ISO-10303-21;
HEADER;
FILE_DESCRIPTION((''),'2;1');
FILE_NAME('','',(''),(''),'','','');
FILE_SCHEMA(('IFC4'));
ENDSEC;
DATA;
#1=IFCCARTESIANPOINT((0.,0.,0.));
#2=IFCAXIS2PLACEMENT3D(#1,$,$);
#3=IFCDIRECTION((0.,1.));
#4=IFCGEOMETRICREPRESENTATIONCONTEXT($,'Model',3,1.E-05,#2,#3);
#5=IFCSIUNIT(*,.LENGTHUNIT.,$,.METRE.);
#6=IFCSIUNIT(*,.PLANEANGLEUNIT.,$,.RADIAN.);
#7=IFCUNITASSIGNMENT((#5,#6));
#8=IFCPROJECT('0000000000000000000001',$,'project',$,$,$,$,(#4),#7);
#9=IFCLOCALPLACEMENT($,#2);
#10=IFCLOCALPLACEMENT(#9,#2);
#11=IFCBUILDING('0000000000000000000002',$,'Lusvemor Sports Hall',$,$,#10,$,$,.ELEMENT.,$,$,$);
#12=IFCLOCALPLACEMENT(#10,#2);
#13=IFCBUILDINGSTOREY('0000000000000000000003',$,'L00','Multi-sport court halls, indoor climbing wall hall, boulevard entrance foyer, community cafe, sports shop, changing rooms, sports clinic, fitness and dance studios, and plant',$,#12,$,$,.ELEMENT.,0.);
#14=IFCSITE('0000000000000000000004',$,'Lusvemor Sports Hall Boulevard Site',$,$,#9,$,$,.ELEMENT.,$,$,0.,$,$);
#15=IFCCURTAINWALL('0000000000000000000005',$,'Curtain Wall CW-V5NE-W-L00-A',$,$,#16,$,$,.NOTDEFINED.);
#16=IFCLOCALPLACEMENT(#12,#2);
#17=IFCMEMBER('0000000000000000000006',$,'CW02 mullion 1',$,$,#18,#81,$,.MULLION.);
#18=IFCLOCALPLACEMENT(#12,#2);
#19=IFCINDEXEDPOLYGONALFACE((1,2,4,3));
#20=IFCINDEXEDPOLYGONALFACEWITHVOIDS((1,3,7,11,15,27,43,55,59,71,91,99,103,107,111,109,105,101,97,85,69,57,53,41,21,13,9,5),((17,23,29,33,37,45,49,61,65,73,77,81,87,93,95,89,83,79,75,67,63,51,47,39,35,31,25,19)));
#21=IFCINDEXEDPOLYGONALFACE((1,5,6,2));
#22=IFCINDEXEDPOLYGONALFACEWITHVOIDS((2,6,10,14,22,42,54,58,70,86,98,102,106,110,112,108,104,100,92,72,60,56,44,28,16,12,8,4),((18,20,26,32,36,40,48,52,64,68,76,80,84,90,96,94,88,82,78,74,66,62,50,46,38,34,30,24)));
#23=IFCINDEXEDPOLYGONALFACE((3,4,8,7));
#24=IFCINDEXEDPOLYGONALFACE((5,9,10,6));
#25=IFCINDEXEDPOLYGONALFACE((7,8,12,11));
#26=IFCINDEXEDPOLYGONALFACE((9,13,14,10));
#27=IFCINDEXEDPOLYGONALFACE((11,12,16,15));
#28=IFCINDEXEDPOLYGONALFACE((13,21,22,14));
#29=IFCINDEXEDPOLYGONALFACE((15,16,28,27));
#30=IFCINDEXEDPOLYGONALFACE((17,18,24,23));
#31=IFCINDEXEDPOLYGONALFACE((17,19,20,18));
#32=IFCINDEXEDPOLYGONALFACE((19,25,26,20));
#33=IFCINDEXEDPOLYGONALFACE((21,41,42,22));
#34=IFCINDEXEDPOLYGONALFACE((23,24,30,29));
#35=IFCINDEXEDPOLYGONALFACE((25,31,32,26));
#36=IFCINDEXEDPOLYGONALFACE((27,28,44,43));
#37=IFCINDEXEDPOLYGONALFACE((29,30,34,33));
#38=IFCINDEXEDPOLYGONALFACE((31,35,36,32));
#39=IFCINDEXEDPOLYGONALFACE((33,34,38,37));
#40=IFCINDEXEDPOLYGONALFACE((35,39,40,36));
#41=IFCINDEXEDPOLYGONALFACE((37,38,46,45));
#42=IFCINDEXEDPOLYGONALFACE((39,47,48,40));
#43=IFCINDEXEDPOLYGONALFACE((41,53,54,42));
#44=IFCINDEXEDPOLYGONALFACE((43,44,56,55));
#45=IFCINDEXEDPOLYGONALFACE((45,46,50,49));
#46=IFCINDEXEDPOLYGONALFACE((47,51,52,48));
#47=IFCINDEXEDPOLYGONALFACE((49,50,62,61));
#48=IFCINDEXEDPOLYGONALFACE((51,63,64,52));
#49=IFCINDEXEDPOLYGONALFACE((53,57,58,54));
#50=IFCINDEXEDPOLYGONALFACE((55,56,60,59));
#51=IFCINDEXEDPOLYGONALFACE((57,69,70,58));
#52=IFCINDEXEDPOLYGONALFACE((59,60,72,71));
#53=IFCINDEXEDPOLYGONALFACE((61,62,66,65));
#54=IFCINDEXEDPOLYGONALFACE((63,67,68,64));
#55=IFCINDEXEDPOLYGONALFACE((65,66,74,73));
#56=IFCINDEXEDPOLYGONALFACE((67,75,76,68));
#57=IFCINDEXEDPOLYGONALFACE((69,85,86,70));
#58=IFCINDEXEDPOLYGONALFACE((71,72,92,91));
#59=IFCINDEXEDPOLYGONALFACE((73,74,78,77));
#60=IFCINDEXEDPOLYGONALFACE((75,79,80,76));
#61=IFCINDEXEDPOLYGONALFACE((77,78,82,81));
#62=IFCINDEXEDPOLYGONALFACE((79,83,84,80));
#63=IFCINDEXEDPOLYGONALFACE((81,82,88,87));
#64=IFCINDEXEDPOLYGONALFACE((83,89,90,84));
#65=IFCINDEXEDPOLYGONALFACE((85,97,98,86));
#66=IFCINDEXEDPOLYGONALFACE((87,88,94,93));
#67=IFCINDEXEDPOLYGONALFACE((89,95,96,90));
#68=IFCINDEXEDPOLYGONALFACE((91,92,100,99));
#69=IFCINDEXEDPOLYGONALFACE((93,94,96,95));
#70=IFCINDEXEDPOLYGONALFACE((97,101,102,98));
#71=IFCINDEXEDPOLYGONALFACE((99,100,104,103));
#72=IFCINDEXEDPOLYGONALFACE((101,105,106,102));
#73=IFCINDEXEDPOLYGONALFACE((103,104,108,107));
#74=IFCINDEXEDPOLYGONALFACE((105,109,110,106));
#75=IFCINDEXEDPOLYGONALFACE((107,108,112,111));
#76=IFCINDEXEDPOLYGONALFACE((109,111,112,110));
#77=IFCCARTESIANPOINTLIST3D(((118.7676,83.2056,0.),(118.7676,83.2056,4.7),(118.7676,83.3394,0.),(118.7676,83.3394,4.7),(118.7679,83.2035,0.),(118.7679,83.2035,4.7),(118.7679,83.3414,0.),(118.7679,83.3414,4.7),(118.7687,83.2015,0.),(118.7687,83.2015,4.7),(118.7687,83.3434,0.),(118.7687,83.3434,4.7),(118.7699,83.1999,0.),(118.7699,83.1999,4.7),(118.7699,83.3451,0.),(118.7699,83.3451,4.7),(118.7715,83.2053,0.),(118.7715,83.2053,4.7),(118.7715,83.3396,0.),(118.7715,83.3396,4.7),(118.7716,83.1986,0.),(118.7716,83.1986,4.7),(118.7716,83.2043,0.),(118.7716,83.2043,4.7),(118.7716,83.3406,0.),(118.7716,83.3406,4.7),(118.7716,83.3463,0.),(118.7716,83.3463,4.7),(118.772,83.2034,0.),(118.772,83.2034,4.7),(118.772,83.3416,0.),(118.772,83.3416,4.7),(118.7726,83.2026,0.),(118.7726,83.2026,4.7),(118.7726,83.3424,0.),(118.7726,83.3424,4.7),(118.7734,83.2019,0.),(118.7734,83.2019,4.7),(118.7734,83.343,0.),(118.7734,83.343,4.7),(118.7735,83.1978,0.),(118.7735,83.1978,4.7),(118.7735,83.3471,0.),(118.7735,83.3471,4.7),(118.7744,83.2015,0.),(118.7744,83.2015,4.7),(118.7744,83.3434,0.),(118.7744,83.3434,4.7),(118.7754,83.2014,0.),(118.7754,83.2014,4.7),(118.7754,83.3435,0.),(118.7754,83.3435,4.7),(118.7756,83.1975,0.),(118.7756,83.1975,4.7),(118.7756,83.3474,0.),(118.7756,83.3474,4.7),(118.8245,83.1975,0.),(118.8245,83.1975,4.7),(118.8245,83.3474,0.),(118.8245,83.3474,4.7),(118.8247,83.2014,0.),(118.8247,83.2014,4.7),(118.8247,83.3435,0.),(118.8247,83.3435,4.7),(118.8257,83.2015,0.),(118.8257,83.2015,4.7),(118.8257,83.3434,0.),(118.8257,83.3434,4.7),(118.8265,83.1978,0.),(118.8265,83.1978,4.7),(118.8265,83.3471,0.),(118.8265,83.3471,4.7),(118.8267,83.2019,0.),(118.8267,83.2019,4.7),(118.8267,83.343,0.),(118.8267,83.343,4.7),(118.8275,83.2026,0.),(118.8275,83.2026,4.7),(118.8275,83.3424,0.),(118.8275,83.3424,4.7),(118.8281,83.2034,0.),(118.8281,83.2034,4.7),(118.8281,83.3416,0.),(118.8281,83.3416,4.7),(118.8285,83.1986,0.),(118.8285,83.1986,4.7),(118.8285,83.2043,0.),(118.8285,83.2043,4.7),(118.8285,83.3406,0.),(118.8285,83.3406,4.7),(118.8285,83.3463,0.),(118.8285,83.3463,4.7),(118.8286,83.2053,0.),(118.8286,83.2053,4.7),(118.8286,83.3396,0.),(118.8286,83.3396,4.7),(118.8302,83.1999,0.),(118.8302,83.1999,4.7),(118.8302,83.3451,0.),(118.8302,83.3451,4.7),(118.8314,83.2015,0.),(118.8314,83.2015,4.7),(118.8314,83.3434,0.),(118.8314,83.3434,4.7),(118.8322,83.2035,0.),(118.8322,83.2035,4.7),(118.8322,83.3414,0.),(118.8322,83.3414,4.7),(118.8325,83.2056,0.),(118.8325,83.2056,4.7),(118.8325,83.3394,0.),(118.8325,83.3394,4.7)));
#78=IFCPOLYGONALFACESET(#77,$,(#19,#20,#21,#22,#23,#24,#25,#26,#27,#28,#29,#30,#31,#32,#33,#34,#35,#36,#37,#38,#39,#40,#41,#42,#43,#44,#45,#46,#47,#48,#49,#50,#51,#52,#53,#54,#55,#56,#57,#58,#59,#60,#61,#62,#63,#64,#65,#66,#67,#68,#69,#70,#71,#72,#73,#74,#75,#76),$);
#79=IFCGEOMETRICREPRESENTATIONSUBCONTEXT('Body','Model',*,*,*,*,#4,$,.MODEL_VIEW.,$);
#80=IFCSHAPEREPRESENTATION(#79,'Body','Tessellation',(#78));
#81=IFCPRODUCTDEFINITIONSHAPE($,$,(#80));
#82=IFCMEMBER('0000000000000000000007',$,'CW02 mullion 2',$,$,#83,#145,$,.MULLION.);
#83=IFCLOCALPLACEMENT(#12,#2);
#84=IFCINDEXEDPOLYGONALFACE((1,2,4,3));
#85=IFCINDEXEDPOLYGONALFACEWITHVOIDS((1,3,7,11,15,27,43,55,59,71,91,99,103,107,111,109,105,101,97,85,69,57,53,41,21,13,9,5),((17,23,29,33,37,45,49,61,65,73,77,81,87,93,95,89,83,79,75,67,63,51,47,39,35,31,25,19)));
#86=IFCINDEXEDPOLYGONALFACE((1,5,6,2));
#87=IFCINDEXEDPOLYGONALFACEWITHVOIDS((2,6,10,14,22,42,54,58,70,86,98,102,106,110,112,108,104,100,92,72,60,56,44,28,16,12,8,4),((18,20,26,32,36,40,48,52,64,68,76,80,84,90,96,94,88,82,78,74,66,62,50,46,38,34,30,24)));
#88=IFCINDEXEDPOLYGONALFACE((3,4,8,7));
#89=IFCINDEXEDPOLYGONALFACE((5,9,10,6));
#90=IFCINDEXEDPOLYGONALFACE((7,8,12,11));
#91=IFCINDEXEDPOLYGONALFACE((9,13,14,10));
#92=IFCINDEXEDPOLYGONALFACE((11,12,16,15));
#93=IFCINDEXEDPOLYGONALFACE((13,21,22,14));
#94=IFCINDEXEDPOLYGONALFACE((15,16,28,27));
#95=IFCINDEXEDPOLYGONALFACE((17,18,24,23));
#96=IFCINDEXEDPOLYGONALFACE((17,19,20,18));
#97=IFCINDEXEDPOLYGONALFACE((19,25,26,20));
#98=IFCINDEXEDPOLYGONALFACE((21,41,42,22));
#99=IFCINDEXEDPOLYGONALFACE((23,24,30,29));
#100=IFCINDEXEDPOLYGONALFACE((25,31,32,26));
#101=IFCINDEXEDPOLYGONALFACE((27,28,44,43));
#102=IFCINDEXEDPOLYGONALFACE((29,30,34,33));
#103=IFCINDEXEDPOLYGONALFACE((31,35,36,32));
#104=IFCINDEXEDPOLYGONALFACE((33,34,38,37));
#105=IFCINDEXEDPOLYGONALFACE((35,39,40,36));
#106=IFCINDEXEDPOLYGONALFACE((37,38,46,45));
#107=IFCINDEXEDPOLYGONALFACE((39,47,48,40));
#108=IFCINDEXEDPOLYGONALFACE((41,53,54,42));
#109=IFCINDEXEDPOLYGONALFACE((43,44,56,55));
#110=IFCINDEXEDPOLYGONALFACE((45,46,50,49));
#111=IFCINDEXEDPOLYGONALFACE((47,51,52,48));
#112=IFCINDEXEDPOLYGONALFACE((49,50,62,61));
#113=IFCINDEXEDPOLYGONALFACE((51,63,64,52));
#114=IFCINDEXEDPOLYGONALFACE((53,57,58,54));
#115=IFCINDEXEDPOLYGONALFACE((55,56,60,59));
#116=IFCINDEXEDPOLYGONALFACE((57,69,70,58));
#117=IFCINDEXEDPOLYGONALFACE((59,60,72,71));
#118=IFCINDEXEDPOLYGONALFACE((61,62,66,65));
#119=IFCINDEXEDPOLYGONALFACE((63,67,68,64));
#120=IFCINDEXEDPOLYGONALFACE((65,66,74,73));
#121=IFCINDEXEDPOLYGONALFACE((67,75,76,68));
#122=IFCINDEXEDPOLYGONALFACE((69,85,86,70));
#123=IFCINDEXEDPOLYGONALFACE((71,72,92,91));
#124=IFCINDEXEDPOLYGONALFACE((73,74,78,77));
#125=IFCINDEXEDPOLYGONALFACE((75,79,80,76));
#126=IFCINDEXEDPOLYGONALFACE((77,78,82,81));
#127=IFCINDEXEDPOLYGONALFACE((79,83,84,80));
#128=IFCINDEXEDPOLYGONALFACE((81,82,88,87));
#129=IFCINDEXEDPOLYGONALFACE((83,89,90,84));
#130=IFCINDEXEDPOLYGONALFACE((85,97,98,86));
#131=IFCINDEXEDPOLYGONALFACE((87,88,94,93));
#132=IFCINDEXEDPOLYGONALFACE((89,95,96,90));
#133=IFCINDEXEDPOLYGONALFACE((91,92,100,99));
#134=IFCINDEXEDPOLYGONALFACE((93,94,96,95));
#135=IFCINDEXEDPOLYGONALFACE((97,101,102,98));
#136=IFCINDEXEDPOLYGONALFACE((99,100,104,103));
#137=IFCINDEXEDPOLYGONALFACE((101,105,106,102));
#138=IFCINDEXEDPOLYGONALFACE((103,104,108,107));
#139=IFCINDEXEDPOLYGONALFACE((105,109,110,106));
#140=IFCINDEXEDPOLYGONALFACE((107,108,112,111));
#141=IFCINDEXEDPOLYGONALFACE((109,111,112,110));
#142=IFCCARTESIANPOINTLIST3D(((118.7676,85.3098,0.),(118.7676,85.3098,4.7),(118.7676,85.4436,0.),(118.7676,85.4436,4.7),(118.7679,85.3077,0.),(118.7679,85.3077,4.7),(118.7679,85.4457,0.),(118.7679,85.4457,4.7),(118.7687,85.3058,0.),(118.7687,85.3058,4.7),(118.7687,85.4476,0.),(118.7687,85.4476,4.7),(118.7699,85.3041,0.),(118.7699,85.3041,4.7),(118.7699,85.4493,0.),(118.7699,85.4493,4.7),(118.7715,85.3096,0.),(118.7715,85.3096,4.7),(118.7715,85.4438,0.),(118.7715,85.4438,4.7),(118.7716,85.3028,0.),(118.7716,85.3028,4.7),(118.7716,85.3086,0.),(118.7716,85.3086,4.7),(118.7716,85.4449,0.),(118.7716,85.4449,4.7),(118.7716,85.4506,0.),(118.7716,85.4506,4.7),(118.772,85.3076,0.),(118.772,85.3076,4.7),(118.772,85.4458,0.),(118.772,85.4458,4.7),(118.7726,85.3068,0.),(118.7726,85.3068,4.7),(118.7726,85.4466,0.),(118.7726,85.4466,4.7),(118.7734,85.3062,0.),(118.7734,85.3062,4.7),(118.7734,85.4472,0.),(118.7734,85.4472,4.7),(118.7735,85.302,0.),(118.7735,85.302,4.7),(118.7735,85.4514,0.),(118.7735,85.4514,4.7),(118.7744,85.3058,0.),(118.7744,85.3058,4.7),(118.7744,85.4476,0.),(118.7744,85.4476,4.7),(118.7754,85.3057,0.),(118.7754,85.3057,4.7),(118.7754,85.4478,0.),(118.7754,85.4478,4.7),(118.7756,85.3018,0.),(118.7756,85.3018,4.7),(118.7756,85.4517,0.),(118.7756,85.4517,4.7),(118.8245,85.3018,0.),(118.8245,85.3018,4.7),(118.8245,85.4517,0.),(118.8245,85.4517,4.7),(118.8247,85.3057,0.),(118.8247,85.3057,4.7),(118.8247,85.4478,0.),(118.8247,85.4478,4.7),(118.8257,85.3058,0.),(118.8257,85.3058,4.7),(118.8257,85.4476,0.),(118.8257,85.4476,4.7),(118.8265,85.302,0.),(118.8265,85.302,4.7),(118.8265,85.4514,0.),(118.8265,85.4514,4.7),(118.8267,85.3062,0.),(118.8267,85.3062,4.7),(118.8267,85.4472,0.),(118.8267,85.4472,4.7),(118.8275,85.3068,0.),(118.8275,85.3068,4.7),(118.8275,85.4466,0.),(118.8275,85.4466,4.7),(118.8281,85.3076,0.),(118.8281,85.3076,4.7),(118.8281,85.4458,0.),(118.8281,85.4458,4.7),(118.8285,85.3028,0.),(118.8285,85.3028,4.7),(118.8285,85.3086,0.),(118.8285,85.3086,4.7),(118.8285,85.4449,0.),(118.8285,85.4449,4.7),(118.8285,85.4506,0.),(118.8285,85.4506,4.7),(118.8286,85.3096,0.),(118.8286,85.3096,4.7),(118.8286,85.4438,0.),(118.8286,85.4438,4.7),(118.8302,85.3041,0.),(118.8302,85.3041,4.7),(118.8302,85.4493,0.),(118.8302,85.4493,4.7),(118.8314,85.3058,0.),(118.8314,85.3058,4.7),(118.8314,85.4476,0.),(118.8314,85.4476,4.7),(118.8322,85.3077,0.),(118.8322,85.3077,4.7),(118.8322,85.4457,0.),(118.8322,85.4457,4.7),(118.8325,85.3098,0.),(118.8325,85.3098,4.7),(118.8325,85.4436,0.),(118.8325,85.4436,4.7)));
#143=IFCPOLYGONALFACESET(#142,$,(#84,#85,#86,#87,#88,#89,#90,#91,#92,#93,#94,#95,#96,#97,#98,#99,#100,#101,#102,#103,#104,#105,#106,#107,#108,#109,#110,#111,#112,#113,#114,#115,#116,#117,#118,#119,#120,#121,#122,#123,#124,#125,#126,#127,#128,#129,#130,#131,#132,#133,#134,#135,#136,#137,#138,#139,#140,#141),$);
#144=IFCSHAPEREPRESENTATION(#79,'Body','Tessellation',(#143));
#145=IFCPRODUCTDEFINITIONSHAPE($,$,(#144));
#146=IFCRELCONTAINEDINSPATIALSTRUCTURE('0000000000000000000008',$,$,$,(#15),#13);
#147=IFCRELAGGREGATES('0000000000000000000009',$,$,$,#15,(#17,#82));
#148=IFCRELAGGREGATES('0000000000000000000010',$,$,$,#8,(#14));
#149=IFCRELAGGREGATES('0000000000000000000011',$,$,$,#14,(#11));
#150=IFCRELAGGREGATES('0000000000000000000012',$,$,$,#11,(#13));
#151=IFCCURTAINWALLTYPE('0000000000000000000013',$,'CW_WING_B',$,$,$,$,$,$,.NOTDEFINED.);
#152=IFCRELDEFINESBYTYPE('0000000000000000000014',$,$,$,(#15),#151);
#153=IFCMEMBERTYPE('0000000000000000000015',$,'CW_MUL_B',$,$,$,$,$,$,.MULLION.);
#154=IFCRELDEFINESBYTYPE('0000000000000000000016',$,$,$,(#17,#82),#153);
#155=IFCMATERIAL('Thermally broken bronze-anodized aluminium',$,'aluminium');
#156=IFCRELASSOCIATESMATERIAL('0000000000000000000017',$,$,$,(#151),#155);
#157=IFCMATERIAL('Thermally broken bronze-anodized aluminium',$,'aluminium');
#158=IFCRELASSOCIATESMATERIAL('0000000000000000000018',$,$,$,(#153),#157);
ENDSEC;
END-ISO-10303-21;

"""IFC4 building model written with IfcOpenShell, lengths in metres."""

from ifc_helpers import new_model, si_unit, direction, frame, origin, origin_2d, place, context, subcontext, project, spatial, hollow_rectangle, extrude, material, material_profile, profile_set, type_object, element, aggregate, save


model = new_model("IFC4")

# Units and contexts
model_context = context("Model", 3, precision=1e-05, world=origin(), true_north=direction((0.0, 1.0)))
body_context = subcontext(model_context, "Body", "Model", "MODEL_VIEW")
ifc_project = project(units=[si_unit("LENGTHUNIT", "METRE"), si_unit("PLANEANGLEUNIT", "RADIAN")], contexts=[model_context])

# Site, building, storey
site_placement = place(None, origin())
site = spatial("IfcSite", under=ifc_project, at=site_placement, Name="Lusvemor Sports Hall Boulevard Site", CompositionType="ELEMENT", RefElevation=0.0)
building_placement = place(site_placement, origin())
building = spatial("IfcBuilding", under=site, at=building_placement, Name="Lusvemor Sports Hall", CompositionType="ELEMENT")
storey_placement = place(building_placement, origin())
storey = spatial("IfcBuildingStorey", under=building, at=storey_placement, Name="L00", Description="Multi-sport court halls, indoor climbing wall hall, boulevard entrance foyer, community cafe, sports shop, changing rooms, sports clinic, fitness and dance studios, and plant", CompositionType="ELEMENT", Elevation=0.0)

# Shared definitions
ifc_material_1 = material(Name="Thermally broken bronze-anodized aluminium", Category="aluminium")
curtain_wall_type = type_object("IfcCurtainWallType", Name="CW_WING_B", PredefinedType="NOTDEFINED", material=ifc_material_1)
ifc_material_2 = material(Name="Thermally broken bronze-anodized aluminium", Category="aluminium")
ifc_material_profile_1 = material_profile(ifc_material_2, hollow_rectangle(XDim=0.0649, YDim=0.1499, WallThickness=0.0039, InnerFilletRadius=0.0039, OuterFilletRadius=0.0081, at=origin_2d()), Name="CWMUL150x65x4")
ifc_profile_set_1 = profile_set([ifc_material_profile_1], Name="Thermally broken bronze-anodized aluminium")
member_type_1 = type_object("IfcMemberType", Name="CW_MUL_B", PredefinedType="MULLION", material=ifc_profile_set_1)

# Curtain wall, members
curtain_wall_1_placement = place(storey_placement, origin())
curtain_wall_1 = element("IfcCurtainWall", 1, at=curtain_wall_1_placement, inside=storey, type_object=curtain_wall_type, Name="Curtain Wall CW-V5NE-W-L00-A", PredefinedType="NOTDEFINED")
member_1_placement = place(storey_placement, frame((118.8, 83.2725, 0.0), z_axis=(0.0, 0.0, 1.0), x_axis=(-1.0, 0.0, 0.0)))
member_1 = element("IfcMember", 2, at=member_1_placement, type_object=member_type_1, Name="CW02 mullion 1", PredefinedType="MULLION", context=body_context, shape_type="SweptSolid", body=[
    extrude(hollow_rectangle(XDim=0.0649, YDim=0.1499, WallThickness=0.0039, InnerFilletRadius=0.0039, OuterFilletRadius=0.0081, at=origin_2d()), origin(), (0.0, 0.0, 1.0), 4.7),
])
member_2_placement = place(storey_placement, frame((118.8, 85.3767, 0.0), z_axis=(0.0, 0.0, 1.0), x_axis=(-1.0, 0.0, 0.0)))
member_2 = element("IfcMember", 3, at=member_2_placement, type_object=member_type_1, Name="CW02 mullion 2", PredefinedType="MULLION", context=body_context, shape_type="SweptSolid", body=[
    extrude(hollow_rectangle(XDim=0.0649, YDim=0.1499, WallThickness=0.0039, InnerFilletRadius=0.0039, OuterFilletRadius=0.0081, at=origin_2d()), origin(), (0.0, 0.0, 1.0), 4.7),
])
aggregate(curtain_wall_1, [member_1, member_2])

save(model, "model.ifc")
